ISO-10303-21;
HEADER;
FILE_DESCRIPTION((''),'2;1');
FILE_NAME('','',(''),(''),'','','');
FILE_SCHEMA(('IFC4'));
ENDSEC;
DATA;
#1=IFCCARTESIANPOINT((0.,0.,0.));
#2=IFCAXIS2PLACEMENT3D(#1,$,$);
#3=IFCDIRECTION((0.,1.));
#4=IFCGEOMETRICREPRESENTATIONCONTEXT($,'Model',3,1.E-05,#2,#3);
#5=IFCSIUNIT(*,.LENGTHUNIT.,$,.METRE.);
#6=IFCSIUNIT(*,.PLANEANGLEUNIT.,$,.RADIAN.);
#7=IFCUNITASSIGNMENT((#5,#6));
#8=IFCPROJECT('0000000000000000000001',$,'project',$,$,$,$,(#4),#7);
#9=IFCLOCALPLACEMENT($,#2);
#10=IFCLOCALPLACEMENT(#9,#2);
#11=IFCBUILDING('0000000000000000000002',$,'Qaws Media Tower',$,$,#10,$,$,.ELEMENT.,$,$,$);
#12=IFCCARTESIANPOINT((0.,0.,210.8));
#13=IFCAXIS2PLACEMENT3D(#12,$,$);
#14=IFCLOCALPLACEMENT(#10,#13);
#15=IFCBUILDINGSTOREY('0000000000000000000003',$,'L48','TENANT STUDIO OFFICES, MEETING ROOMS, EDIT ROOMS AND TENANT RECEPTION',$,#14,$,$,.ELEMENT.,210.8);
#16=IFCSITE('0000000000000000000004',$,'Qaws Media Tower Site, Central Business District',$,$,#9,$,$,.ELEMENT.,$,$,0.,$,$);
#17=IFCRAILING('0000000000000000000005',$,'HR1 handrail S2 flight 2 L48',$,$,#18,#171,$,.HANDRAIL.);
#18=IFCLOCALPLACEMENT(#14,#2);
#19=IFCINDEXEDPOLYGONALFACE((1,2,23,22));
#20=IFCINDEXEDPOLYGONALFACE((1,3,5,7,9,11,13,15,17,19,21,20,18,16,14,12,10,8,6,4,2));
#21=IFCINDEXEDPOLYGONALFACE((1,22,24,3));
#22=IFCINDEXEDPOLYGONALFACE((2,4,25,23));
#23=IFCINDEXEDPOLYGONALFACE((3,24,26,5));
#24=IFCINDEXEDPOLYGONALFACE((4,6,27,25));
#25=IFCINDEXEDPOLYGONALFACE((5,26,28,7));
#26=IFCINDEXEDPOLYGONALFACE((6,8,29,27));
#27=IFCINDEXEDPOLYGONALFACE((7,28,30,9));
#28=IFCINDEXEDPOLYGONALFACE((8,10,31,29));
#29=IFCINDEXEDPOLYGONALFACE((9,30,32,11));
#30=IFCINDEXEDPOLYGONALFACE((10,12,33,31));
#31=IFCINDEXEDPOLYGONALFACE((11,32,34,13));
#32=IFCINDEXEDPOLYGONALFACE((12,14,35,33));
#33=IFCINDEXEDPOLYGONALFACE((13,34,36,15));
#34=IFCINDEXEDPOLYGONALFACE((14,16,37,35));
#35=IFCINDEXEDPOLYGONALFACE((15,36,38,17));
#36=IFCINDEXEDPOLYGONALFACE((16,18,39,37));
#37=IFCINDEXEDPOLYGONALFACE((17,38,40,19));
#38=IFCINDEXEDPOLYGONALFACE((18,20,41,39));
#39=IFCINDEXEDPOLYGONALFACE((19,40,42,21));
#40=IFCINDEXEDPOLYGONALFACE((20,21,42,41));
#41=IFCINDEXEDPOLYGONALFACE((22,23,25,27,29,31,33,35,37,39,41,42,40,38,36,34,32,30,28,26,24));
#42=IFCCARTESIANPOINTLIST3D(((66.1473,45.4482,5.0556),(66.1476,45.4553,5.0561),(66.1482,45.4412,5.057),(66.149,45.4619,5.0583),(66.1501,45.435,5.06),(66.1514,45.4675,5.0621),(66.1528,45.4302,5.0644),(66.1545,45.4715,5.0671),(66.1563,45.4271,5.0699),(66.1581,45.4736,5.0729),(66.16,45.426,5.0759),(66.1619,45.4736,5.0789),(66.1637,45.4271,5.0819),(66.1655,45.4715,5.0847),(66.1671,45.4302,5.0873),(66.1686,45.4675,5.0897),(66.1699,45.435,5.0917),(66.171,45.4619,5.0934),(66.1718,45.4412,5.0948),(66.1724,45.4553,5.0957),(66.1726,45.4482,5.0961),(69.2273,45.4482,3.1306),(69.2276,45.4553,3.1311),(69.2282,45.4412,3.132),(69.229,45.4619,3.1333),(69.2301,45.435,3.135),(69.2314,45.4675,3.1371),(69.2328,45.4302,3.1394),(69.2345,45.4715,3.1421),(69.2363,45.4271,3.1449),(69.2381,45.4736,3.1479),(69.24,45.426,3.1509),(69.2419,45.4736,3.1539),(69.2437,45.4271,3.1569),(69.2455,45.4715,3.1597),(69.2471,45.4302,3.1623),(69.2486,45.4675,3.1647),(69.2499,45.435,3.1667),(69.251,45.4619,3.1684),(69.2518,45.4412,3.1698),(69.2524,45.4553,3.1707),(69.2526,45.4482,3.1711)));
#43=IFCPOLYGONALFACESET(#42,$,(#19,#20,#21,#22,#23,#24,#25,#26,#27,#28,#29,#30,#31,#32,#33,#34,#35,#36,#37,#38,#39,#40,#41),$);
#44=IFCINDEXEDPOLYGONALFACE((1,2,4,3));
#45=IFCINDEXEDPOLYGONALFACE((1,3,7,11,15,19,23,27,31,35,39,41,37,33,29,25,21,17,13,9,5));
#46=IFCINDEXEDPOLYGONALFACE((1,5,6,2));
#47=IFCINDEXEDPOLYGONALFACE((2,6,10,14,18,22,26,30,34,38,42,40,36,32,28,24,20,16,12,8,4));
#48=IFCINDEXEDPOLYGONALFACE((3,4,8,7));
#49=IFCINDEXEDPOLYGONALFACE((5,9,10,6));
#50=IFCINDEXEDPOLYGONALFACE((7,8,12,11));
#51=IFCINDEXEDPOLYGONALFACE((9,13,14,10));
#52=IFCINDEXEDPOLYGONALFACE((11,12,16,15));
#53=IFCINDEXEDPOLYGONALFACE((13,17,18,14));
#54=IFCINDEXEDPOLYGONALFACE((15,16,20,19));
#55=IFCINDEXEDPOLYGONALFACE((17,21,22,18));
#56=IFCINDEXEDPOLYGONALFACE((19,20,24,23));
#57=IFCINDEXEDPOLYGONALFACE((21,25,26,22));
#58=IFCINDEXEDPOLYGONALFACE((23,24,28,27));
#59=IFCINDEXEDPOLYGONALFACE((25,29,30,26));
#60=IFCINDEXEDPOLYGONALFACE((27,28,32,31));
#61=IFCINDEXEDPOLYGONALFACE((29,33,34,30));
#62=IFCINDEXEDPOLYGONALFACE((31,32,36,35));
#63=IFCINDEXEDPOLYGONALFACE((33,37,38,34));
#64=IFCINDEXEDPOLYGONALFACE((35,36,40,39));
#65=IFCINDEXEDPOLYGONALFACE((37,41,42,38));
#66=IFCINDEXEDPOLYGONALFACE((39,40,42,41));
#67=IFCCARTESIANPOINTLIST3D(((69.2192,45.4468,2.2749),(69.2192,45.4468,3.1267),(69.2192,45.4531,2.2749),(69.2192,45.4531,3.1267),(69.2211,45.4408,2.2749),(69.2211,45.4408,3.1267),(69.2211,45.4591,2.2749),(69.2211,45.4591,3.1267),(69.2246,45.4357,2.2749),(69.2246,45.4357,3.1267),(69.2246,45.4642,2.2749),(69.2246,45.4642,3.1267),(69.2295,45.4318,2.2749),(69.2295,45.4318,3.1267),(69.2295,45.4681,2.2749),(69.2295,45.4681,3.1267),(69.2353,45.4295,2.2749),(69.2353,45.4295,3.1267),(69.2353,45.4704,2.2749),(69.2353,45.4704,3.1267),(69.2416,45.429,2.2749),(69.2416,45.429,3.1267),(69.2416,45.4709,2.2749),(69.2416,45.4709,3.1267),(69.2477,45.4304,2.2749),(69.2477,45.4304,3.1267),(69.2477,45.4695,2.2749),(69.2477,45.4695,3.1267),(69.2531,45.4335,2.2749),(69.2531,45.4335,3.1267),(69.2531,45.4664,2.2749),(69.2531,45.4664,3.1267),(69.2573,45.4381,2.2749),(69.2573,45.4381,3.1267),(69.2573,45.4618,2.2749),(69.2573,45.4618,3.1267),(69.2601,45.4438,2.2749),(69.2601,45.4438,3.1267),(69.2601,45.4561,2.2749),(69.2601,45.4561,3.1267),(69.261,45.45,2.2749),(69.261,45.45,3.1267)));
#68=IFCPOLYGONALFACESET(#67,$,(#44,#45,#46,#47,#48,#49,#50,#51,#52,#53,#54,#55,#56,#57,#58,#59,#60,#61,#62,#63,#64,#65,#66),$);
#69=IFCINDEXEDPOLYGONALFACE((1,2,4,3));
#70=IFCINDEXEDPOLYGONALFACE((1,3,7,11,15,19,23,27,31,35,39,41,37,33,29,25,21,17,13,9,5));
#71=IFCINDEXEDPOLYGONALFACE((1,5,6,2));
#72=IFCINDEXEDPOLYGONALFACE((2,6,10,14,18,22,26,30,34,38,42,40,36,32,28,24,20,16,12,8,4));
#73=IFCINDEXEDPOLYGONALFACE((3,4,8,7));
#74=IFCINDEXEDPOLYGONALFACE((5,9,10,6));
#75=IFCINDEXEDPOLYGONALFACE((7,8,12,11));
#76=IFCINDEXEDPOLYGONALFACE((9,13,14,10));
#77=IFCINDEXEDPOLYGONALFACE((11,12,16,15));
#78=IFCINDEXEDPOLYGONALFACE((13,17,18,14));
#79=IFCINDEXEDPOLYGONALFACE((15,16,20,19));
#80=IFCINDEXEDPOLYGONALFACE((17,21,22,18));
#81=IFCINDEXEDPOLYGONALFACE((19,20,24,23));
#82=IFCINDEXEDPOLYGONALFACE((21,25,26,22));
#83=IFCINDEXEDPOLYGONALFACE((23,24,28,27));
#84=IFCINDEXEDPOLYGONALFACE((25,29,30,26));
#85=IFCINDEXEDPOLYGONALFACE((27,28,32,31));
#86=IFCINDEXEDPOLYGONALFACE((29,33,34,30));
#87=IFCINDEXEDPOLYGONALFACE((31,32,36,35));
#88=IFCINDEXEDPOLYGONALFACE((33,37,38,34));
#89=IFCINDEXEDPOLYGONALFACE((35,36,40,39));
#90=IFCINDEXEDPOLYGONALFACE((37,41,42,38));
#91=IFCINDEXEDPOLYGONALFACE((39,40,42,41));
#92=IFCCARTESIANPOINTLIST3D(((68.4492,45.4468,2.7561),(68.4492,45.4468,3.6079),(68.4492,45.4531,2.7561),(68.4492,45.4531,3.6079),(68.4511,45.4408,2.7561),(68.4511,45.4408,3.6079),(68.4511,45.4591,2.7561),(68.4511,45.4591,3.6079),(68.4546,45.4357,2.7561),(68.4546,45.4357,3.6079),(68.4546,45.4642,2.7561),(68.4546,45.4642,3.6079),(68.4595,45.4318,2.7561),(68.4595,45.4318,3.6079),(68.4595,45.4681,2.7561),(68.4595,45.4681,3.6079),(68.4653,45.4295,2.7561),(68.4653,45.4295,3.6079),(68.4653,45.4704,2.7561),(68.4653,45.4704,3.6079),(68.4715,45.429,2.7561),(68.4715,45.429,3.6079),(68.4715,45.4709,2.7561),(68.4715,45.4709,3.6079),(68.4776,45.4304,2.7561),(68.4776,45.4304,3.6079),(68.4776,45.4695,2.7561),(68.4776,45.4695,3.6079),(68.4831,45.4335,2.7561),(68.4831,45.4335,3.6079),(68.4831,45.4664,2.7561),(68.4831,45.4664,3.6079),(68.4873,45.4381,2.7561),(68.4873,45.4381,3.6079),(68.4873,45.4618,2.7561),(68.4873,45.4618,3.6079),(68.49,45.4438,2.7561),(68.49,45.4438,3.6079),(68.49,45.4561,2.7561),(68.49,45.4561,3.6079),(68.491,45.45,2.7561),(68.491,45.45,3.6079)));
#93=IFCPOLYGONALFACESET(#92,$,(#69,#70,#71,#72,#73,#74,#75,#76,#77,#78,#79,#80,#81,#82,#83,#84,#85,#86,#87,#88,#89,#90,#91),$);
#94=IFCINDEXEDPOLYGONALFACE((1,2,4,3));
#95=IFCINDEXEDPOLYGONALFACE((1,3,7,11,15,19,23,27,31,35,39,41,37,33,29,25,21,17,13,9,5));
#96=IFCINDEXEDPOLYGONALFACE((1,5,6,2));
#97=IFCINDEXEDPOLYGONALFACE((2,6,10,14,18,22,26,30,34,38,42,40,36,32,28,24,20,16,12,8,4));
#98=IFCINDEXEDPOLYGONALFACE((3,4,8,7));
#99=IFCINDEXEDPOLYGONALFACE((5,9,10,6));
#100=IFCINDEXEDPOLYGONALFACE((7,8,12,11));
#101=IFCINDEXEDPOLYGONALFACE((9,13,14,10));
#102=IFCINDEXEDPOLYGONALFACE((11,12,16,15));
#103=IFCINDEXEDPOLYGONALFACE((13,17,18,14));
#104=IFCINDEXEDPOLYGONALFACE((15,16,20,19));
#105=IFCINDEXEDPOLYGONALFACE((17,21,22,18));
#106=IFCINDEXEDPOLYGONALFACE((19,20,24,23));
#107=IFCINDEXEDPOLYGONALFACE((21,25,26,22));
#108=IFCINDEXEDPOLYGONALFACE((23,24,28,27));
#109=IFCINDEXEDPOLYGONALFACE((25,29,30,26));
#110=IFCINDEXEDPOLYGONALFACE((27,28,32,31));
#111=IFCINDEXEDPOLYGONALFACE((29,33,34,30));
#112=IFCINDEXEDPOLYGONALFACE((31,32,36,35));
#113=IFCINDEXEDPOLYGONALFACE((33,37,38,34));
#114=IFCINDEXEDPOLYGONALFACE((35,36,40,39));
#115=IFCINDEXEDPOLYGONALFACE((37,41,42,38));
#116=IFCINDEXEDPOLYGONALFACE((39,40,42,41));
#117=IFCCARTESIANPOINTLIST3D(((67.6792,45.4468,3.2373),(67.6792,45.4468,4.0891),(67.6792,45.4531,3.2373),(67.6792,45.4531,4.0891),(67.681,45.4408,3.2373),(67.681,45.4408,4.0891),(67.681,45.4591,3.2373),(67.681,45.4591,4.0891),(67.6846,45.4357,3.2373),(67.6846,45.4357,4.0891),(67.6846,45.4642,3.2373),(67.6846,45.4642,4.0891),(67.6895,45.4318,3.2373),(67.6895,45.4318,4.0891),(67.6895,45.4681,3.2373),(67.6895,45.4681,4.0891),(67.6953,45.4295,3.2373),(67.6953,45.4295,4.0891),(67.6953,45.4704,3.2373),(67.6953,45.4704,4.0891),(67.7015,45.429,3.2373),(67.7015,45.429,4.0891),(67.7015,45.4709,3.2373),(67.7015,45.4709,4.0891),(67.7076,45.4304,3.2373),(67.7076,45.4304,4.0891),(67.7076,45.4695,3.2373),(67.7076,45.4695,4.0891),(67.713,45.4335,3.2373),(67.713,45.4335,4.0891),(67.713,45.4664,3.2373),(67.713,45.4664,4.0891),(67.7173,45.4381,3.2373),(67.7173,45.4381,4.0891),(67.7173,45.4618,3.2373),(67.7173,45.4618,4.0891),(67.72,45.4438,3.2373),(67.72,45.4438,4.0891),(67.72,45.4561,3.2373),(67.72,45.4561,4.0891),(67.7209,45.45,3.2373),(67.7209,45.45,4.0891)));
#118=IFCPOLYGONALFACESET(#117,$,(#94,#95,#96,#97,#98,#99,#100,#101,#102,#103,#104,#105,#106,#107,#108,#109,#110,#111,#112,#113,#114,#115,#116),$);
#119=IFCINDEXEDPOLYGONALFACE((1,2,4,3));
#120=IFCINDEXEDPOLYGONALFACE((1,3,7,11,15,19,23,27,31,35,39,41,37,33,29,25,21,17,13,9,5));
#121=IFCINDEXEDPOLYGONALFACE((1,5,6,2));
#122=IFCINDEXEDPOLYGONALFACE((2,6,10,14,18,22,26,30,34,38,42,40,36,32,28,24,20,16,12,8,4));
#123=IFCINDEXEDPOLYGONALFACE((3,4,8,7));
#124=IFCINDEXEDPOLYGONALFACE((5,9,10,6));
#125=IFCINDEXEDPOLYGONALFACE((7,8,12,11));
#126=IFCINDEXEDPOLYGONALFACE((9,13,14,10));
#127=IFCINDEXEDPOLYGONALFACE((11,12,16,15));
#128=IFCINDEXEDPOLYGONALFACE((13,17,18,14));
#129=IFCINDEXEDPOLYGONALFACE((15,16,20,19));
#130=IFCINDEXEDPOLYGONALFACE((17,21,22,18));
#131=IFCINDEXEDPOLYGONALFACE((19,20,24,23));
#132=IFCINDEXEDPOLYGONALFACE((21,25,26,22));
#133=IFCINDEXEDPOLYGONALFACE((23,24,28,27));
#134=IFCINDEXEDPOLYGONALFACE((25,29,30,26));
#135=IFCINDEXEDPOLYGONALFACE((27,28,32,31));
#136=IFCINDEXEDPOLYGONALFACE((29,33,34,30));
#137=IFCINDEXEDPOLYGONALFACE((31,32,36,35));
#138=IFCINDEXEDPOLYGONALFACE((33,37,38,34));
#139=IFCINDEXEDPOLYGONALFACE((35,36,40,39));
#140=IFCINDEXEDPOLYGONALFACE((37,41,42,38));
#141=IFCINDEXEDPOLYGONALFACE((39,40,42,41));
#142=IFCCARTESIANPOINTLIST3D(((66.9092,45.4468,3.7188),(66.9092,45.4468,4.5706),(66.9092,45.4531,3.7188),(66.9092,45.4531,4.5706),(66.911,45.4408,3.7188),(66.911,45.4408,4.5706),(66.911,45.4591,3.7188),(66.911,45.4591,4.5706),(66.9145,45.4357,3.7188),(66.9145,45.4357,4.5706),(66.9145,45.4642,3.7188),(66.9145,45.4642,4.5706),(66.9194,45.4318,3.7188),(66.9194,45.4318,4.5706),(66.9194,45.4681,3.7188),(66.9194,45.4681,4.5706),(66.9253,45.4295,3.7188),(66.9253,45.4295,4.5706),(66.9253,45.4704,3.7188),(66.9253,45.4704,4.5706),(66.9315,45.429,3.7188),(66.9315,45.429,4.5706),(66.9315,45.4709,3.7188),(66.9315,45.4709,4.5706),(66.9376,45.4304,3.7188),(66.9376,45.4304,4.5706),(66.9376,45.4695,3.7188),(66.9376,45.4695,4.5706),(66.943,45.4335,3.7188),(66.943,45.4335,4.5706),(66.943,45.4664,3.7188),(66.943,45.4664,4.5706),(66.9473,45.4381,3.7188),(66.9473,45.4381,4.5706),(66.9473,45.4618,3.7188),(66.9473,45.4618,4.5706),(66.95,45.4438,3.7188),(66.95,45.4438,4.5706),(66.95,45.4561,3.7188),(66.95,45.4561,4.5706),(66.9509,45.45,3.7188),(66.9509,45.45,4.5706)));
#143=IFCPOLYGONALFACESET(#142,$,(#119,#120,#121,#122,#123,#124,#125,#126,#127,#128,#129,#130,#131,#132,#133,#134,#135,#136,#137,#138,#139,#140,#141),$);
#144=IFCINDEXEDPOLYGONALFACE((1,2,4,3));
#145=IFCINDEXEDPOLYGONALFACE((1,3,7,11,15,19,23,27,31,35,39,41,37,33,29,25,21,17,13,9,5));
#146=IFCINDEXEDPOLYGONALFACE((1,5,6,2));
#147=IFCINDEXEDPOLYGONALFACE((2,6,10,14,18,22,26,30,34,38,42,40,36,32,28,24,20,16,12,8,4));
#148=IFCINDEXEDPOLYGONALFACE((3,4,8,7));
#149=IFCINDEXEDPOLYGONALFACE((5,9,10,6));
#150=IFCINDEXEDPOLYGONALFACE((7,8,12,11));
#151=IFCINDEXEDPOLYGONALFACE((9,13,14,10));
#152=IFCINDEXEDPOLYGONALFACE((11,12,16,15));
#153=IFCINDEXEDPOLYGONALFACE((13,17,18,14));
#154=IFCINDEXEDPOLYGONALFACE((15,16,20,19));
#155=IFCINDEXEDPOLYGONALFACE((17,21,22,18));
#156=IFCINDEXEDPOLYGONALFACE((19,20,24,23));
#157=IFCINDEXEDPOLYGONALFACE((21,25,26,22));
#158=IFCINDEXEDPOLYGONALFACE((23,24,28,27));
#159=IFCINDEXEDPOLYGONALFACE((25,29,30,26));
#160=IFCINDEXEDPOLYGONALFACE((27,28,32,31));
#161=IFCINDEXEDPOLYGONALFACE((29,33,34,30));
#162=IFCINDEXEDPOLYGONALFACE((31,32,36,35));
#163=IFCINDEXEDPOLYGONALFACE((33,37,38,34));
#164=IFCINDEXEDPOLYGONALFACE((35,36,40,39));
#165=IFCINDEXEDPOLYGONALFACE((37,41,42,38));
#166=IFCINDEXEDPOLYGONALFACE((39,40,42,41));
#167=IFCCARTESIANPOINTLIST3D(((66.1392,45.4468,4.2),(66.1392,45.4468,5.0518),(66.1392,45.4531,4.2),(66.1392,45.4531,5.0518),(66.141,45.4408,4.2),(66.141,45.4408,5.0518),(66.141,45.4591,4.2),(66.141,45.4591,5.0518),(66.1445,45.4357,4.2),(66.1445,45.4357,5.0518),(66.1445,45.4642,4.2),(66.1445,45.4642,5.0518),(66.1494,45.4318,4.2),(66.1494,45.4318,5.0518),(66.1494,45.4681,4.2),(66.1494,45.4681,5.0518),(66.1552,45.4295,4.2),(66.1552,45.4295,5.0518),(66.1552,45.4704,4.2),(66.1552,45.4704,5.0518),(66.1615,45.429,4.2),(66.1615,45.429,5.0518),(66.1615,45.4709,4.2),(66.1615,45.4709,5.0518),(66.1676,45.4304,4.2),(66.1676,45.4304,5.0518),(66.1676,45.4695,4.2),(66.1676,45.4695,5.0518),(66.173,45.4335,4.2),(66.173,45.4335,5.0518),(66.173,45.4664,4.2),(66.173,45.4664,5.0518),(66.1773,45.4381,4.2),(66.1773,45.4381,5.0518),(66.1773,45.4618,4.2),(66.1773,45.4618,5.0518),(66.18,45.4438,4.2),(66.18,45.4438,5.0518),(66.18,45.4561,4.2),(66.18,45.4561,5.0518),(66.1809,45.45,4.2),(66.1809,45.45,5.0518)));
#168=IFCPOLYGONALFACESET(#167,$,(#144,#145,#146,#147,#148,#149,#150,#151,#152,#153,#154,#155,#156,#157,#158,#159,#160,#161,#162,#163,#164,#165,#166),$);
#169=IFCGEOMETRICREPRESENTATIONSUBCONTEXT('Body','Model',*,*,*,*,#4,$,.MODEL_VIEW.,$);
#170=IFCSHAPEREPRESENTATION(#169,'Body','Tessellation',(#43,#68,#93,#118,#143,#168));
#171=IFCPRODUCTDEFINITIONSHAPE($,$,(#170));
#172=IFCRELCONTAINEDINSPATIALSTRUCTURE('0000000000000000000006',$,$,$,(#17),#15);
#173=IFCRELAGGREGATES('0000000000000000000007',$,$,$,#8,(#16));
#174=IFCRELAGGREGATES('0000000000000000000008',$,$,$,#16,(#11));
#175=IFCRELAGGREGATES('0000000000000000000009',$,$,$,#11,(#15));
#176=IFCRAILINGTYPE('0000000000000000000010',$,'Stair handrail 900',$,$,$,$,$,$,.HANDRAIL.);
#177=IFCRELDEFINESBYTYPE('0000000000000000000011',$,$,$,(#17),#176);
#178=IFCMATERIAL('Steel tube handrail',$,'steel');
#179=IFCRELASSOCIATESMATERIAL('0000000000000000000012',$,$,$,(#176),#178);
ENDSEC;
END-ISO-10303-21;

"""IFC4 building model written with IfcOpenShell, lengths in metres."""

from ifc_helpers import new_model, si_unit, direction, frame, origin, origin_2d, place, context, subcontext, project, spatial, circle, extrude, material, type_object, element, save


model = new_model("IFC4")

# Units and contexts
model_context = context("Model", 3, precision=1e-05, world=origin(), true_north=direction((0.0, 1.0)))
body_context = subcontext(model_context, "Body", "Model", "MODEL_VIEW")
ifc_project = project(units=[si_unit("LENGTHUNIT", "METRE"), si_unit("PLANEANGLEUNIT", "RADIAN")], contexts=[model_context])

# Site, building, storey
site_placement = place(None, origin())
site = spatial("IfcSite", under=ifc_project, at=site_placement, Name="Qaws Media Tower Site, Central Business District", CompositionType="ELEMENT", RefElevation=0.0)
building_placement = place(site_placement, origin())
building = spatial("IfcBuilding", under=site, at=building_placement, Name="Qaws Media Tower", CompositionType="ELEMENT")
storey_placement = place(building_placement, frame((0.0, 0.0, 210.8)))
storey = spatial("IfcBuildingStorey", under=building, at=storey_placement, Name="L48", Description="TENANT STUDIO OFFICES, MEETING ROOMS, EDIT ROOMS AND TENANT RECEPTION", CompositionType="ELEMENT", Elevation=210.8)

# Railing
ifc_material_1 = material(Name="Steel tube handrail", Category="steel")
railing_type = type_object("IfcRailingType", Name="Stair handrail 900", PredefinedType="HANDRAIL", material=ifc_material_1)
for number, where, name in (
    (1, (69.24, 45.45, 2.2749), "HR1 handrail S2 flight 2 L48"),
):
    element("IfcRailing", number, at=place(storey_placement, frame(where)), inside=storey, type_object=railing_type, Name=name, PredefinedType="HANDRAIL", context=body_context, shape_type="SweptSolid", body=[
        extrude(circle(Radius=0.0239, at=origin_2d()), frame((0.0, 0.0, 0.876), z_axis=(-0.847998, 0.0, 0.529999), x_axis=(0.0, -1.0, 0.0)), (0.0, 0.0, 1.0), 3.6321),
        extrude(circle(Radius=0.021, at=origin_2d()), origin(), (0.0, 0.0, 1.0), 0.8518),
        extrude(circle(Radius=0.021, at=origin_2d()), frame((-0.77, 0.0, 0.4812)), (0.0, 0.0, 1.0), 0.8518),
        extrude(circle(Radius=0.021, at=origin_2d()), frame((-1.54, 0.0, 0.9624)), (0.0, 0.0, 1.0), 0.8518),
        extrude(circle(Radius=0.021, at=origin_2d()), frame((-2.3101, 0.0, 1.4438)), (0.0, 0.0, 1.0), 0.8518),
        extrude(circle(Radius=0.021, at=origin_2d()), frame((-3.0801, 0.0, 1.925)), (0.0, 0.0, 1.0), 0.8518),
    ])

save(model, "model.ifc")
